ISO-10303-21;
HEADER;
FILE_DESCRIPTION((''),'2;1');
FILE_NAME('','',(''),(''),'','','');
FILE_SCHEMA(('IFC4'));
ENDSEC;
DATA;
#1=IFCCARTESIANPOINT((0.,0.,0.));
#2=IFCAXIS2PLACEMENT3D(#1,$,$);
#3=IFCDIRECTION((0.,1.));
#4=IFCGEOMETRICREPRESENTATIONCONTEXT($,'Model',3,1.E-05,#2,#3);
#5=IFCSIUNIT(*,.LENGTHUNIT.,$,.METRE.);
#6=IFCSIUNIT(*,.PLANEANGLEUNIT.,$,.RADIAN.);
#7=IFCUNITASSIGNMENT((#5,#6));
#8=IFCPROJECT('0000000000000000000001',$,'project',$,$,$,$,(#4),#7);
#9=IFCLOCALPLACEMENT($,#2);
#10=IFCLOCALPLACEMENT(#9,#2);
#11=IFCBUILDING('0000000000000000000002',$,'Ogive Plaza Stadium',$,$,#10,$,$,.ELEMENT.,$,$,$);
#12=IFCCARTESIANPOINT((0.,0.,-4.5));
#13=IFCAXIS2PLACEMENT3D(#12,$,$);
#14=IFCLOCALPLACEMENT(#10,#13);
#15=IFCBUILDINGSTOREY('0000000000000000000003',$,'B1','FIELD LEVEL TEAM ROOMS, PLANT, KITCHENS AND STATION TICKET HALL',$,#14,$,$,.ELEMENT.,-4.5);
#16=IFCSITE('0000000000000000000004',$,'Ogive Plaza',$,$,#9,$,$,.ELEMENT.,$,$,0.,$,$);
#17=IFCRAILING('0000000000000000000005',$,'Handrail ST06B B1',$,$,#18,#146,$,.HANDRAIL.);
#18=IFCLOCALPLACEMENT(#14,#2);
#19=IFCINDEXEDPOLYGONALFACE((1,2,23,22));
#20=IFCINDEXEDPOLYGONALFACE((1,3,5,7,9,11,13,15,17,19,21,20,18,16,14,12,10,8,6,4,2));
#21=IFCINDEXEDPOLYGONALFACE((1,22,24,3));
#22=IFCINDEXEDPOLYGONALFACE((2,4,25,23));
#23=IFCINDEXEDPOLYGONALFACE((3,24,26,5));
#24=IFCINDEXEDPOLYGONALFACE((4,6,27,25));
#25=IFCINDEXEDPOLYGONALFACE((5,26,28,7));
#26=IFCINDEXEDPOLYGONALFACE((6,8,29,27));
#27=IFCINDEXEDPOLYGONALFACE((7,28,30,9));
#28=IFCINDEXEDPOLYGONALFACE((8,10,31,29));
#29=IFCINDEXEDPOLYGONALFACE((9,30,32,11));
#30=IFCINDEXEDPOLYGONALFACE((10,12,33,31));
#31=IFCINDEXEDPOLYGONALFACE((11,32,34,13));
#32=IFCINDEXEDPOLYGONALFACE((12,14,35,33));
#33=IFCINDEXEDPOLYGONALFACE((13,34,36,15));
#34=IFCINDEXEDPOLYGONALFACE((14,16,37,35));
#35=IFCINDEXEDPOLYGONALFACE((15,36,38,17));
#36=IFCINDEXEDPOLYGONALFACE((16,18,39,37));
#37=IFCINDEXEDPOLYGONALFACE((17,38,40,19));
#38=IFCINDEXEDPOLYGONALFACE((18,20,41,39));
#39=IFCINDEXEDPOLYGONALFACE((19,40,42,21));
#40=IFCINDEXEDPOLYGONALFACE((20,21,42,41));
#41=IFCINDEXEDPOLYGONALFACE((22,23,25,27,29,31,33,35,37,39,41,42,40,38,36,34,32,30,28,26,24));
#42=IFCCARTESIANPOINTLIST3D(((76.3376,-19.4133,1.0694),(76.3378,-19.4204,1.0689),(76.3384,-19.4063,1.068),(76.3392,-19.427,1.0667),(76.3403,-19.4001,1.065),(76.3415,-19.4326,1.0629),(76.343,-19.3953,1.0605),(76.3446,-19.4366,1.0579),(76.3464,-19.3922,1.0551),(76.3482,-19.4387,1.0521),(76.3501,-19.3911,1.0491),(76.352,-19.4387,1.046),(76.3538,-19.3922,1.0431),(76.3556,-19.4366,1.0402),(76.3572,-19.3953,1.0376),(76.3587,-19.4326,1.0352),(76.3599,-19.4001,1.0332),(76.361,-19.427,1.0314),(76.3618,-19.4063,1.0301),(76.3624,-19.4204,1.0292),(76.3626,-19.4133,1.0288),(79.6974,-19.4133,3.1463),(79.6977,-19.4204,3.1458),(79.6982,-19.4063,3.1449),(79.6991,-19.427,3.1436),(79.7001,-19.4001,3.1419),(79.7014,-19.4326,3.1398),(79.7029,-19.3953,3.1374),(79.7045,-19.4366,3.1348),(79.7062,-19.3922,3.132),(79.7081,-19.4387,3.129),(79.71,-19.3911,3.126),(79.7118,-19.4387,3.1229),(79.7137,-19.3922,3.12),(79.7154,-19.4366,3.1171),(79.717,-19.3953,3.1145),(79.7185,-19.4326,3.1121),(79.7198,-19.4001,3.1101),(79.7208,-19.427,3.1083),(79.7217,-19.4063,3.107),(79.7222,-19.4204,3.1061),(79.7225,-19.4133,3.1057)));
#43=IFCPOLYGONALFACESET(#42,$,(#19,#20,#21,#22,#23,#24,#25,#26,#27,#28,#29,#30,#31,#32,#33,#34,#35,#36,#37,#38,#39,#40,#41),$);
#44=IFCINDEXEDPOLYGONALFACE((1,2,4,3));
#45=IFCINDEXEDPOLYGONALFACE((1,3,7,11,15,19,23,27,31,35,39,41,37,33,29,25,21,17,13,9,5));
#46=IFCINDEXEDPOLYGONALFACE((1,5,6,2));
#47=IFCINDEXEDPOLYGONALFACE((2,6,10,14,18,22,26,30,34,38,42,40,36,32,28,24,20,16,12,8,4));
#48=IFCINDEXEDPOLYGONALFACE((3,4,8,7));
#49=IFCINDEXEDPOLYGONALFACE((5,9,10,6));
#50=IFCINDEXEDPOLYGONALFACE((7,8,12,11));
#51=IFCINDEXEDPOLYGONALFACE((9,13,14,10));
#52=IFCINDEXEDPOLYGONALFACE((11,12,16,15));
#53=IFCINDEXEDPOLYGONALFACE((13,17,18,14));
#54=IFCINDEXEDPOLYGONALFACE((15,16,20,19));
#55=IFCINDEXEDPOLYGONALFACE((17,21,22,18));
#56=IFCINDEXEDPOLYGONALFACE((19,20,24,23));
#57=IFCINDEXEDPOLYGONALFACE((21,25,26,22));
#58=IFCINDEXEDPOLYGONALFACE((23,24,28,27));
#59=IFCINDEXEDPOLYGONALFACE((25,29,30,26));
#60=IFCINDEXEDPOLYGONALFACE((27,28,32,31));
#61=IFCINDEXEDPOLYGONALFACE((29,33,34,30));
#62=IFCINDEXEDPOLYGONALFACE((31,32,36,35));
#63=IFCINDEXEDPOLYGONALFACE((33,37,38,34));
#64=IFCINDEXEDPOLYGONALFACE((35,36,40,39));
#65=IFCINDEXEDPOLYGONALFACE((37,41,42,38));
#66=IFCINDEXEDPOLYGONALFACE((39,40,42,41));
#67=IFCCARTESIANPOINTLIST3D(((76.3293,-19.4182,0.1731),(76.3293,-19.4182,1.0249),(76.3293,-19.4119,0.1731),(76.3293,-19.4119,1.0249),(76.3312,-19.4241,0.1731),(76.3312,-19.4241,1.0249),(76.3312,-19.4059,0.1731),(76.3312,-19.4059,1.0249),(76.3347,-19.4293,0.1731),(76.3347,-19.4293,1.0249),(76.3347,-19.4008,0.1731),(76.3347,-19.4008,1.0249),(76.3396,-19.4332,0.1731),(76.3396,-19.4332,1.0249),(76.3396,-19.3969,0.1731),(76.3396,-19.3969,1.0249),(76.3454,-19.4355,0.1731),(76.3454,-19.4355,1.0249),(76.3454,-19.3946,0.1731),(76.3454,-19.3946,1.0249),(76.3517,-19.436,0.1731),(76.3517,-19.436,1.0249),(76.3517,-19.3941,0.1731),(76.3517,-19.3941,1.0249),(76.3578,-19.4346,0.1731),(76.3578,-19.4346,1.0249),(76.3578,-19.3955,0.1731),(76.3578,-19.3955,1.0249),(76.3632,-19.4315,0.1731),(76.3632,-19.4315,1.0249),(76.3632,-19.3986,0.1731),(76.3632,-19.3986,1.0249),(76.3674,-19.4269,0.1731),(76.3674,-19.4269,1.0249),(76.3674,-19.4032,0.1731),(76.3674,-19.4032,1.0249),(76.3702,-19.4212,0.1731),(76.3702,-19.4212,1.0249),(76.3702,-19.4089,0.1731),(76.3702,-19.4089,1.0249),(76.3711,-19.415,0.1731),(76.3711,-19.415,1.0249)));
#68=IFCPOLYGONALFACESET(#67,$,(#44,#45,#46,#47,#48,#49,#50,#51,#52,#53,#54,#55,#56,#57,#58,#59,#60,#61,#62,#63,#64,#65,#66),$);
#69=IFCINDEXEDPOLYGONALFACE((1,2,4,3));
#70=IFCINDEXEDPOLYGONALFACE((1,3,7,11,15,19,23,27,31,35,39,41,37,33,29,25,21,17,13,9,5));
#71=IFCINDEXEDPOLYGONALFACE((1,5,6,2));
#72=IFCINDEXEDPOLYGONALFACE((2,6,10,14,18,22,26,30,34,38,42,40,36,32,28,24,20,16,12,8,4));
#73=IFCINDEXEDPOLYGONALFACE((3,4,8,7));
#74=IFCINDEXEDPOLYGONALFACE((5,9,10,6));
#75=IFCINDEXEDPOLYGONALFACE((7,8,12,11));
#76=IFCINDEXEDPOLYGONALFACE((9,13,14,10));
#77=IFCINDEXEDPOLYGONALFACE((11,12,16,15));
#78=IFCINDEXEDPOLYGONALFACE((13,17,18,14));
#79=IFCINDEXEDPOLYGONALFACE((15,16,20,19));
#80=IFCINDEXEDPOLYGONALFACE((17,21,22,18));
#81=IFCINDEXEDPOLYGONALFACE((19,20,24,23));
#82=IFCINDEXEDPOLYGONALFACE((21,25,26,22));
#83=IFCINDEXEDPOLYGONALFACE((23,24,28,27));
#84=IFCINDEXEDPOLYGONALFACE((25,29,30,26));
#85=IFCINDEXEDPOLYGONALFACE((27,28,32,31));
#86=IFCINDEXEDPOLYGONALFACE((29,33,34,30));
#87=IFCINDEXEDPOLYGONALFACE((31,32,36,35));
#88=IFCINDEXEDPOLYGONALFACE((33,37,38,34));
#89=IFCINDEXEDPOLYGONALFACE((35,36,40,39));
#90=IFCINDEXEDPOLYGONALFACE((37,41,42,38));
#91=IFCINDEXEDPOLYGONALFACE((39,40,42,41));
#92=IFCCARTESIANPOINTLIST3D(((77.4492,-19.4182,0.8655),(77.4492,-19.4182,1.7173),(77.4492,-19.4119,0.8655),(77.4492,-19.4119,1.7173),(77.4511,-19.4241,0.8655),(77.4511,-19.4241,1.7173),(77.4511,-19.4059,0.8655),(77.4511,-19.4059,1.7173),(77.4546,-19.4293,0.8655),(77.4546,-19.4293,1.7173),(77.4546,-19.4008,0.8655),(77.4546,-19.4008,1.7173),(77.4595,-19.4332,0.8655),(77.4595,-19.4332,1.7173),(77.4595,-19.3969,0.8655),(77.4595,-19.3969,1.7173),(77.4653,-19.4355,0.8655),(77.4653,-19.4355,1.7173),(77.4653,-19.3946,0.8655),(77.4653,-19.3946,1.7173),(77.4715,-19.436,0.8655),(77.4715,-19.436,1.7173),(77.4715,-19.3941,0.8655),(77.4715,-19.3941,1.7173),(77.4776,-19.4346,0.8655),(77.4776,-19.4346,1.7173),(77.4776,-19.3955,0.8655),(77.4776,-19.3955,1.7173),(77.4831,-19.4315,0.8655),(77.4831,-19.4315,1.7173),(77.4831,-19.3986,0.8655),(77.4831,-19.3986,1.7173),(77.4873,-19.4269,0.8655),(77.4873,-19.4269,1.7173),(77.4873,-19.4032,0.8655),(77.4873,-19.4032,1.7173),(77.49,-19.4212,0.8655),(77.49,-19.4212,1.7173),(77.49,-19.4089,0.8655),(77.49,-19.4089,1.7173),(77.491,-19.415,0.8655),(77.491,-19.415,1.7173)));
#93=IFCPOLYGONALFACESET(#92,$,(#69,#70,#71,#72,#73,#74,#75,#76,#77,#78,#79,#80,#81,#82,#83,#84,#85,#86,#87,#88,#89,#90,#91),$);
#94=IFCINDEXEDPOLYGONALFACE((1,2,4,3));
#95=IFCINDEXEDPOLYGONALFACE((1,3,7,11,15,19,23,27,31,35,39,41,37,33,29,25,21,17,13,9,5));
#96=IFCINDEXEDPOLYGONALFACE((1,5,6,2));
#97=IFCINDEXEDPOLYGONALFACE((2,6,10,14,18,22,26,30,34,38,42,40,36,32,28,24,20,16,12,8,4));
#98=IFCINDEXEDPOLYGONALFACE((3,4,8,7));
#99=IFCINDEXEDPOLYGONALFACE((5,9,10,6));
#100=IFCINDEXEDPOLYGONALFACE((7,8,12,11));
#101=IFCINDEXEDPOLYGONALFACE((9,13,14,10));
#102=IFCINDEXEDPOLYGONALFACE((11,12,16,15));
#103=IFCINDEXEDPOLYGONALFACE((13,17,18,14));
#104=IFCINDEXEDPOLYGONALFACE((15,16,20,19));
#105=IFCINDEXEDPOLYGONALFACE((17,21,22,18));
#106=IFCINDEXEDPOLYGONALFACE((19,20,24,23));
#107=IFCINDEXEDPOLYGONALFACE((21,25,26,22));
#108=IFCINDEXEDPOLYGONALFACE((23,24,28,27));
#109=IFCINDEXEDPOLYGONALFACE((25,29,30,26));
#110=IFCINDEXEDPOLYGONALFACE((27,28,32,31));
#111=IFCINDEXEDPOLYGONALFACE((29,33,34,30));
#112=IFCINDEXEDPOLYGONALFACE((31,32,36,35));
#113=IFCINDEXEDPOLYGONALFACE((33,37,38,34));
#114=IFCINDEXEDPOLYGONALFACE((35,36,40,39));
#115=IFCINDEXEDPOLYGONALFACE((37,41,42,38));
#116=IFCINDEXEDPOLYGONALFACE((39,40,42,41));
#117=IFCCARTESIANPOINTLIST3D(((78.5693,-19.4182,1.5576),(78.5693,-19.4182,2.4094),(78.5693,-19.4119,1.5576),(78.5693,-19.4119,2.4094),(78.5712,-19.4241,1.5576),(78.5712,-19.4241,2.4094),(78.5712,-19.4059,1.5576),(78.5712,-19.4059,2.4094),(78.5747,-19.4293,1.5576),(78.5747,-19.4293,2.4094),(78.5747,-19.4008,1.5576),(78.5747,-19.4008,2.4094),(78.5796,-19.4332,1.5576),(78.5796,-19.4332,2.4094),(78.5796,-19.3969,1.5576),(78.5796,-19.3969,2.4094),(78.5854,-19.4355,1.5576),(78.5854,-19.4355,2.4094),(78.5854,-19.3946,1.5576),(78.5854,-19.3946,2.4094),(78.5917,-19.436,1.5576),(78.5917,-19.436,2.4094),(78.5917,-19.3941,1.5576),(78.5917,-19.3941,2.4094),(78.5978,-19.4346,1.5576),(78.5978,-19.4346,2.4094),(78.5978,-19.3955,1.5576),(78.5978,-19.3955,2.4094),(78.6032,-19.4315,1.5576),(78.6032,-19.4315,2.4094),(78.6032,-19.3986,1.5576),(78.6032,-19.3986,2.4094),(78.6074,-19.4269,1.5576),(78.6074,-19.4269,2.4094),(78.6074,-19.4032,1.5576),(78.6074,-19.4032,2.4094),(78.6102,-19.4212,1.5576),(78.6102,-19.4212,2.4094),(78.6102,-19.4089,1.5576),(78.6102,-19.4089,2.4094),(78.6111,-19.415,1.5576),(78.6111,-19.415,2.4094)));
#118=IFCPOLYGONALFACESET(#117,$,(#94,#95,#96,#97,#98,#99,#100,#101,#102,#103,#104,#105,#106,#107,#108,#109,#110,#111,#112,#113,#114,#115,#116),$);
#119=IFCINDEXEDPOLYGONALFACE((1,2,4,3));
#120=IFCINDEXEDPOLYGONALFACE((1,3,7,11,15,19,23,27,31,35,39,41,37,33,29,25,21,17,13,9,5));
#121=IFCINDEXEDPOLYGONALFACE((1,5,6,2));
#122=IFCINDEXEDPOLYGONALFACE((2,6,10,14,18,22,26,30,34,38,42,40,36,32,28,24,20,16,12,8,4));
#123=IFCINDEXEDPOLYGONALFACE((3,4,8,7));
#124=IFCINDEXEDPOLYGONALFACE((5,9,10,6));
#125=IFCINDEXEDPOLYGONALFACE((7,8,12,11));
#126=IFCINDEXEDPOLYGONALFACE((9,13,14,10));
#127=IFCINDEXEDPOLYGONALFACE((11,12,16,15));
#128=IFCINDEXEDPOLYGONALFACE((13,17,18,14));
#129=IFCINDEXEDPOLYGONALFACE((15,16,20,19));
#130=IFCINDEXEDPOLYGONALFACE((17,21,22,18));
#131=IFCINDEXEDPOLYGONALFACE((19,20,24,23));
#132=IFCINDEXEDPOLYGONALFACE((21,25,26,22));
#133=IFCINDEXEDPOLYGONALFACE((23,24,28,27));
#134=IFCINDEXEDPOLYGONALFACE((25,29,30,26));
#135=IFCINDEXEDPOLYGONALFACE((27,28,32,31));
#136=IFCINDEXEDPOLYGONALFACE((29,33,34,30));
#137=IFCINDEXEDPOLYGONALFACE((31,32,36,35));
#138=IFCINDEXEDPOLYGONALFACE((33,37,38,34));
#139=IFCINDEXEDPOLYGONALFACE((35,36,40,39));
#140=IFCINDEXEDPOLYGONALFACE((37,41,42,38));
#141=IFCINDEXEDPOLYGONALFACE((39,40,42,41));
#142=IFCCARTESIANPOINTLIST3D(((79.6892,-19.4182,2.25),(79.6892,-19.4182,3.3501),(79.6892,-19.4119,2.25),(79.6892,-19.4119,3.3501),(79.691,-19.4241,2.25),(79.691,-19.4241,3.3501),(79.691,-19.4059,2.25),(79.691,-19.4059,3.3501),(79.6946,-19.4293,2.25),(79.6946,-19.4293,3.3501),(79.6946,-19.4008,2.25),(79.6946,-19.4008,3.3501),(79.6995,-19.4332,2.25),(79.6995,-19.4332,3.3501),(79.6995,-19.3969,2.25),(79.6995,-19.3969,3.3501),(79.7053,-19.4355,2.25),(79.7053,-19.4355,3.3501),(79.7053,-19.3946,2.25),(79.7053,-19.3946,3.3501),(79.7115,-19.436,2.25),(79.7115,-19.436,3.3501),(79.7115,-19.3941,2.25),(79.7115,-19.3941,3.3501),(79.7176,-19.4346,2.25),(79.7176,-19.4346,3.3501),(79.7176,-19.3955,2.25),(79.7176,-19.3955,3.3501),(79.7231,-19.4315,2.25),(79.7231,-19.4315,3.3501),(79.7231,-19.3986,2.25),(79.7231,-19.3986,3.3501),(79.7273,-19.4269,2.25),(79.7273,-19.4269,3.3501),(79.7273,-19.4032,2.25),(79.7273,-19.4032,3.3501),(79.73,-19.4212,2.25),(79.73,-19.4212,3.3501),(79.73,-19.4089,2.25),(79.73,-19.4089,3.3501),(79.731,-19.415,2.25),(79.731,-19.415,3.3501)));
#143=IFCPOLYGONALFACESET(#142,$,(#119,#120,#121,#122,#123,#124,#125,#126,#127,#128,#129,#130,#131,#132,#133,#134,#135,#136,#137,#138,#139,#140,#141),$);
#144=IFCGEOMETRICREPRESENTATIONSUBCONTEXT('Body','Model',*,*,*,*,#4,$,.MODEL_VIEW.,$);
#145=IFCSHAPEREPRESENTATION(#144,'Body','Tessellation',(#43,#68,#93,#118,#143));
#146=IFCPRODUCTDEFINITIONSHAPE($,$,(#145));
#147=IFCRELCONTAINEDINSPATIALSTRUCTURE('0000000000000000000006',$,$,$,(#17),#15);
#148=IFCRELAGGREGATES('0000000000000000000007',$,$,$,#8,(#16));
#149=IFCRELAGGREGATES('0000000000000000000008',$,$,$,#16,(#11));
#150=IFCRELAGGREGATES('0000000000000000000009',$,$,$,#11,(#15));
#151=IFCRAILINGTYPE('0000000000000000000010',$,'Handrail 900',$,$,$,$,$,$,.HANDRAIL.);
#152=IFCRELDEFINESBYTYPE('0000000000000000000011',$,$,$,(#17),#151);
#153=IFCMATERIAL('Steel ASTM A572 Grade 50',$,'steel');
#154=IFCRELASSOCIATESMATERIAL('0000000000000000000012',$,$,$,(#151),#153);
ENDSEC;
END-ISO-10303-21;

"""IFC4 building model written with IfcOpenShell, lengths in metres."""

from ifc_helpers import new_model, si_unit, direction, frame, origin, origin_2d, place, context, subcontext, project, spatial, circle, extrude, material, type_object, element, save


model = new_model("IFC4")

# Units and contexts
model_context = context("Model", 3, precision=1e-05, world=origin(), true_north=direction((0.0, 1.0)))
body_context = subcontext(model_context, "Body", "Model", "MODEL_VIEW")
ifc_project = project(units=[si_unit("LENGTHUNIT", "METRE"), si_unit("PLANEANGLEUNIT", "RADIAN")], contexts=[model_context])

# Site, building, storey
site_placement = place(None, origin())
site = spatial("IfcSite", under=ifc_project, at=site_placement, Name="Ogive Plaza", CompositionType="ELEMENT", RefElevation=0.0)
building_placement = place(site_placement, origin())
building = spatial("IfcBuilding", under=site, at=building_placement, Name="Ogive Plaza Stadium", CompositionType="ELEMENT")
storey_placement = place(building_placement, frame((0.0, 0.0, -4.5)))
storey = spatial("IfcBuildingStorey", under=building, at=storey_placement, Name="B1", Description="FIELD LEVEL TEAM ROOMS, PLANT, KITCHENS AND STATION TICKET HALL", CompositionType="ELEMENT", Elevation=-4.5)

# Railing
ifc_material_1 = material(Name="Steel ASTM A572 Grade 50", Category="steel")
railing_type = type_object("IfcRailingType", Name="Handrail 900", PredefinedType="HANDRAIL", material=ifc_material_1)
for number, where, name in (
    (1, (76.3501, -19.415, 0.1731), "Handrail ST06B B1"),
):
    element("IfcRailing", number, at=place(storey_placement, frame(where)), inside=storey, type_object=railing_type, Name=name, PredefinedType="HANDRAIL", context=body_context, shape_type="SweptSolid", body=[
        extrude(circle(Radius=0.0239, at=origin_2d()), frame((0.0, 0.0, 0.876), z_axis=(0.850606, 0.0, 0.525803), x_axis=(0.0, 1.0, 0.0)), (0.0, 0.0, 1.0), 3.95),
        extrude(circle(Radius=0.021, at=origin_2d()), origin(), (0.0, 0.0, 1.0), 0.8518),
        extrude(circle(Radius=0.021, at=origin_2d()), frame((1.1199, 0.0, 0.6924)), (0.0, 0.0, 1.0), 0.8518),
        extrude(circle(Radius=0.021, at=origin_2d()), frame((2.24, 0.0, 1.3845)), (0.0, 0.0, 1.0), 0.8518),
        extrude(circle(Radius=0.021, at=origin_2d()), frame((3.3599, 0.0, 2.0769)), (0.0, 0.0, 1.0), 1.1001),
    ])

save(model, "model.ifc")
